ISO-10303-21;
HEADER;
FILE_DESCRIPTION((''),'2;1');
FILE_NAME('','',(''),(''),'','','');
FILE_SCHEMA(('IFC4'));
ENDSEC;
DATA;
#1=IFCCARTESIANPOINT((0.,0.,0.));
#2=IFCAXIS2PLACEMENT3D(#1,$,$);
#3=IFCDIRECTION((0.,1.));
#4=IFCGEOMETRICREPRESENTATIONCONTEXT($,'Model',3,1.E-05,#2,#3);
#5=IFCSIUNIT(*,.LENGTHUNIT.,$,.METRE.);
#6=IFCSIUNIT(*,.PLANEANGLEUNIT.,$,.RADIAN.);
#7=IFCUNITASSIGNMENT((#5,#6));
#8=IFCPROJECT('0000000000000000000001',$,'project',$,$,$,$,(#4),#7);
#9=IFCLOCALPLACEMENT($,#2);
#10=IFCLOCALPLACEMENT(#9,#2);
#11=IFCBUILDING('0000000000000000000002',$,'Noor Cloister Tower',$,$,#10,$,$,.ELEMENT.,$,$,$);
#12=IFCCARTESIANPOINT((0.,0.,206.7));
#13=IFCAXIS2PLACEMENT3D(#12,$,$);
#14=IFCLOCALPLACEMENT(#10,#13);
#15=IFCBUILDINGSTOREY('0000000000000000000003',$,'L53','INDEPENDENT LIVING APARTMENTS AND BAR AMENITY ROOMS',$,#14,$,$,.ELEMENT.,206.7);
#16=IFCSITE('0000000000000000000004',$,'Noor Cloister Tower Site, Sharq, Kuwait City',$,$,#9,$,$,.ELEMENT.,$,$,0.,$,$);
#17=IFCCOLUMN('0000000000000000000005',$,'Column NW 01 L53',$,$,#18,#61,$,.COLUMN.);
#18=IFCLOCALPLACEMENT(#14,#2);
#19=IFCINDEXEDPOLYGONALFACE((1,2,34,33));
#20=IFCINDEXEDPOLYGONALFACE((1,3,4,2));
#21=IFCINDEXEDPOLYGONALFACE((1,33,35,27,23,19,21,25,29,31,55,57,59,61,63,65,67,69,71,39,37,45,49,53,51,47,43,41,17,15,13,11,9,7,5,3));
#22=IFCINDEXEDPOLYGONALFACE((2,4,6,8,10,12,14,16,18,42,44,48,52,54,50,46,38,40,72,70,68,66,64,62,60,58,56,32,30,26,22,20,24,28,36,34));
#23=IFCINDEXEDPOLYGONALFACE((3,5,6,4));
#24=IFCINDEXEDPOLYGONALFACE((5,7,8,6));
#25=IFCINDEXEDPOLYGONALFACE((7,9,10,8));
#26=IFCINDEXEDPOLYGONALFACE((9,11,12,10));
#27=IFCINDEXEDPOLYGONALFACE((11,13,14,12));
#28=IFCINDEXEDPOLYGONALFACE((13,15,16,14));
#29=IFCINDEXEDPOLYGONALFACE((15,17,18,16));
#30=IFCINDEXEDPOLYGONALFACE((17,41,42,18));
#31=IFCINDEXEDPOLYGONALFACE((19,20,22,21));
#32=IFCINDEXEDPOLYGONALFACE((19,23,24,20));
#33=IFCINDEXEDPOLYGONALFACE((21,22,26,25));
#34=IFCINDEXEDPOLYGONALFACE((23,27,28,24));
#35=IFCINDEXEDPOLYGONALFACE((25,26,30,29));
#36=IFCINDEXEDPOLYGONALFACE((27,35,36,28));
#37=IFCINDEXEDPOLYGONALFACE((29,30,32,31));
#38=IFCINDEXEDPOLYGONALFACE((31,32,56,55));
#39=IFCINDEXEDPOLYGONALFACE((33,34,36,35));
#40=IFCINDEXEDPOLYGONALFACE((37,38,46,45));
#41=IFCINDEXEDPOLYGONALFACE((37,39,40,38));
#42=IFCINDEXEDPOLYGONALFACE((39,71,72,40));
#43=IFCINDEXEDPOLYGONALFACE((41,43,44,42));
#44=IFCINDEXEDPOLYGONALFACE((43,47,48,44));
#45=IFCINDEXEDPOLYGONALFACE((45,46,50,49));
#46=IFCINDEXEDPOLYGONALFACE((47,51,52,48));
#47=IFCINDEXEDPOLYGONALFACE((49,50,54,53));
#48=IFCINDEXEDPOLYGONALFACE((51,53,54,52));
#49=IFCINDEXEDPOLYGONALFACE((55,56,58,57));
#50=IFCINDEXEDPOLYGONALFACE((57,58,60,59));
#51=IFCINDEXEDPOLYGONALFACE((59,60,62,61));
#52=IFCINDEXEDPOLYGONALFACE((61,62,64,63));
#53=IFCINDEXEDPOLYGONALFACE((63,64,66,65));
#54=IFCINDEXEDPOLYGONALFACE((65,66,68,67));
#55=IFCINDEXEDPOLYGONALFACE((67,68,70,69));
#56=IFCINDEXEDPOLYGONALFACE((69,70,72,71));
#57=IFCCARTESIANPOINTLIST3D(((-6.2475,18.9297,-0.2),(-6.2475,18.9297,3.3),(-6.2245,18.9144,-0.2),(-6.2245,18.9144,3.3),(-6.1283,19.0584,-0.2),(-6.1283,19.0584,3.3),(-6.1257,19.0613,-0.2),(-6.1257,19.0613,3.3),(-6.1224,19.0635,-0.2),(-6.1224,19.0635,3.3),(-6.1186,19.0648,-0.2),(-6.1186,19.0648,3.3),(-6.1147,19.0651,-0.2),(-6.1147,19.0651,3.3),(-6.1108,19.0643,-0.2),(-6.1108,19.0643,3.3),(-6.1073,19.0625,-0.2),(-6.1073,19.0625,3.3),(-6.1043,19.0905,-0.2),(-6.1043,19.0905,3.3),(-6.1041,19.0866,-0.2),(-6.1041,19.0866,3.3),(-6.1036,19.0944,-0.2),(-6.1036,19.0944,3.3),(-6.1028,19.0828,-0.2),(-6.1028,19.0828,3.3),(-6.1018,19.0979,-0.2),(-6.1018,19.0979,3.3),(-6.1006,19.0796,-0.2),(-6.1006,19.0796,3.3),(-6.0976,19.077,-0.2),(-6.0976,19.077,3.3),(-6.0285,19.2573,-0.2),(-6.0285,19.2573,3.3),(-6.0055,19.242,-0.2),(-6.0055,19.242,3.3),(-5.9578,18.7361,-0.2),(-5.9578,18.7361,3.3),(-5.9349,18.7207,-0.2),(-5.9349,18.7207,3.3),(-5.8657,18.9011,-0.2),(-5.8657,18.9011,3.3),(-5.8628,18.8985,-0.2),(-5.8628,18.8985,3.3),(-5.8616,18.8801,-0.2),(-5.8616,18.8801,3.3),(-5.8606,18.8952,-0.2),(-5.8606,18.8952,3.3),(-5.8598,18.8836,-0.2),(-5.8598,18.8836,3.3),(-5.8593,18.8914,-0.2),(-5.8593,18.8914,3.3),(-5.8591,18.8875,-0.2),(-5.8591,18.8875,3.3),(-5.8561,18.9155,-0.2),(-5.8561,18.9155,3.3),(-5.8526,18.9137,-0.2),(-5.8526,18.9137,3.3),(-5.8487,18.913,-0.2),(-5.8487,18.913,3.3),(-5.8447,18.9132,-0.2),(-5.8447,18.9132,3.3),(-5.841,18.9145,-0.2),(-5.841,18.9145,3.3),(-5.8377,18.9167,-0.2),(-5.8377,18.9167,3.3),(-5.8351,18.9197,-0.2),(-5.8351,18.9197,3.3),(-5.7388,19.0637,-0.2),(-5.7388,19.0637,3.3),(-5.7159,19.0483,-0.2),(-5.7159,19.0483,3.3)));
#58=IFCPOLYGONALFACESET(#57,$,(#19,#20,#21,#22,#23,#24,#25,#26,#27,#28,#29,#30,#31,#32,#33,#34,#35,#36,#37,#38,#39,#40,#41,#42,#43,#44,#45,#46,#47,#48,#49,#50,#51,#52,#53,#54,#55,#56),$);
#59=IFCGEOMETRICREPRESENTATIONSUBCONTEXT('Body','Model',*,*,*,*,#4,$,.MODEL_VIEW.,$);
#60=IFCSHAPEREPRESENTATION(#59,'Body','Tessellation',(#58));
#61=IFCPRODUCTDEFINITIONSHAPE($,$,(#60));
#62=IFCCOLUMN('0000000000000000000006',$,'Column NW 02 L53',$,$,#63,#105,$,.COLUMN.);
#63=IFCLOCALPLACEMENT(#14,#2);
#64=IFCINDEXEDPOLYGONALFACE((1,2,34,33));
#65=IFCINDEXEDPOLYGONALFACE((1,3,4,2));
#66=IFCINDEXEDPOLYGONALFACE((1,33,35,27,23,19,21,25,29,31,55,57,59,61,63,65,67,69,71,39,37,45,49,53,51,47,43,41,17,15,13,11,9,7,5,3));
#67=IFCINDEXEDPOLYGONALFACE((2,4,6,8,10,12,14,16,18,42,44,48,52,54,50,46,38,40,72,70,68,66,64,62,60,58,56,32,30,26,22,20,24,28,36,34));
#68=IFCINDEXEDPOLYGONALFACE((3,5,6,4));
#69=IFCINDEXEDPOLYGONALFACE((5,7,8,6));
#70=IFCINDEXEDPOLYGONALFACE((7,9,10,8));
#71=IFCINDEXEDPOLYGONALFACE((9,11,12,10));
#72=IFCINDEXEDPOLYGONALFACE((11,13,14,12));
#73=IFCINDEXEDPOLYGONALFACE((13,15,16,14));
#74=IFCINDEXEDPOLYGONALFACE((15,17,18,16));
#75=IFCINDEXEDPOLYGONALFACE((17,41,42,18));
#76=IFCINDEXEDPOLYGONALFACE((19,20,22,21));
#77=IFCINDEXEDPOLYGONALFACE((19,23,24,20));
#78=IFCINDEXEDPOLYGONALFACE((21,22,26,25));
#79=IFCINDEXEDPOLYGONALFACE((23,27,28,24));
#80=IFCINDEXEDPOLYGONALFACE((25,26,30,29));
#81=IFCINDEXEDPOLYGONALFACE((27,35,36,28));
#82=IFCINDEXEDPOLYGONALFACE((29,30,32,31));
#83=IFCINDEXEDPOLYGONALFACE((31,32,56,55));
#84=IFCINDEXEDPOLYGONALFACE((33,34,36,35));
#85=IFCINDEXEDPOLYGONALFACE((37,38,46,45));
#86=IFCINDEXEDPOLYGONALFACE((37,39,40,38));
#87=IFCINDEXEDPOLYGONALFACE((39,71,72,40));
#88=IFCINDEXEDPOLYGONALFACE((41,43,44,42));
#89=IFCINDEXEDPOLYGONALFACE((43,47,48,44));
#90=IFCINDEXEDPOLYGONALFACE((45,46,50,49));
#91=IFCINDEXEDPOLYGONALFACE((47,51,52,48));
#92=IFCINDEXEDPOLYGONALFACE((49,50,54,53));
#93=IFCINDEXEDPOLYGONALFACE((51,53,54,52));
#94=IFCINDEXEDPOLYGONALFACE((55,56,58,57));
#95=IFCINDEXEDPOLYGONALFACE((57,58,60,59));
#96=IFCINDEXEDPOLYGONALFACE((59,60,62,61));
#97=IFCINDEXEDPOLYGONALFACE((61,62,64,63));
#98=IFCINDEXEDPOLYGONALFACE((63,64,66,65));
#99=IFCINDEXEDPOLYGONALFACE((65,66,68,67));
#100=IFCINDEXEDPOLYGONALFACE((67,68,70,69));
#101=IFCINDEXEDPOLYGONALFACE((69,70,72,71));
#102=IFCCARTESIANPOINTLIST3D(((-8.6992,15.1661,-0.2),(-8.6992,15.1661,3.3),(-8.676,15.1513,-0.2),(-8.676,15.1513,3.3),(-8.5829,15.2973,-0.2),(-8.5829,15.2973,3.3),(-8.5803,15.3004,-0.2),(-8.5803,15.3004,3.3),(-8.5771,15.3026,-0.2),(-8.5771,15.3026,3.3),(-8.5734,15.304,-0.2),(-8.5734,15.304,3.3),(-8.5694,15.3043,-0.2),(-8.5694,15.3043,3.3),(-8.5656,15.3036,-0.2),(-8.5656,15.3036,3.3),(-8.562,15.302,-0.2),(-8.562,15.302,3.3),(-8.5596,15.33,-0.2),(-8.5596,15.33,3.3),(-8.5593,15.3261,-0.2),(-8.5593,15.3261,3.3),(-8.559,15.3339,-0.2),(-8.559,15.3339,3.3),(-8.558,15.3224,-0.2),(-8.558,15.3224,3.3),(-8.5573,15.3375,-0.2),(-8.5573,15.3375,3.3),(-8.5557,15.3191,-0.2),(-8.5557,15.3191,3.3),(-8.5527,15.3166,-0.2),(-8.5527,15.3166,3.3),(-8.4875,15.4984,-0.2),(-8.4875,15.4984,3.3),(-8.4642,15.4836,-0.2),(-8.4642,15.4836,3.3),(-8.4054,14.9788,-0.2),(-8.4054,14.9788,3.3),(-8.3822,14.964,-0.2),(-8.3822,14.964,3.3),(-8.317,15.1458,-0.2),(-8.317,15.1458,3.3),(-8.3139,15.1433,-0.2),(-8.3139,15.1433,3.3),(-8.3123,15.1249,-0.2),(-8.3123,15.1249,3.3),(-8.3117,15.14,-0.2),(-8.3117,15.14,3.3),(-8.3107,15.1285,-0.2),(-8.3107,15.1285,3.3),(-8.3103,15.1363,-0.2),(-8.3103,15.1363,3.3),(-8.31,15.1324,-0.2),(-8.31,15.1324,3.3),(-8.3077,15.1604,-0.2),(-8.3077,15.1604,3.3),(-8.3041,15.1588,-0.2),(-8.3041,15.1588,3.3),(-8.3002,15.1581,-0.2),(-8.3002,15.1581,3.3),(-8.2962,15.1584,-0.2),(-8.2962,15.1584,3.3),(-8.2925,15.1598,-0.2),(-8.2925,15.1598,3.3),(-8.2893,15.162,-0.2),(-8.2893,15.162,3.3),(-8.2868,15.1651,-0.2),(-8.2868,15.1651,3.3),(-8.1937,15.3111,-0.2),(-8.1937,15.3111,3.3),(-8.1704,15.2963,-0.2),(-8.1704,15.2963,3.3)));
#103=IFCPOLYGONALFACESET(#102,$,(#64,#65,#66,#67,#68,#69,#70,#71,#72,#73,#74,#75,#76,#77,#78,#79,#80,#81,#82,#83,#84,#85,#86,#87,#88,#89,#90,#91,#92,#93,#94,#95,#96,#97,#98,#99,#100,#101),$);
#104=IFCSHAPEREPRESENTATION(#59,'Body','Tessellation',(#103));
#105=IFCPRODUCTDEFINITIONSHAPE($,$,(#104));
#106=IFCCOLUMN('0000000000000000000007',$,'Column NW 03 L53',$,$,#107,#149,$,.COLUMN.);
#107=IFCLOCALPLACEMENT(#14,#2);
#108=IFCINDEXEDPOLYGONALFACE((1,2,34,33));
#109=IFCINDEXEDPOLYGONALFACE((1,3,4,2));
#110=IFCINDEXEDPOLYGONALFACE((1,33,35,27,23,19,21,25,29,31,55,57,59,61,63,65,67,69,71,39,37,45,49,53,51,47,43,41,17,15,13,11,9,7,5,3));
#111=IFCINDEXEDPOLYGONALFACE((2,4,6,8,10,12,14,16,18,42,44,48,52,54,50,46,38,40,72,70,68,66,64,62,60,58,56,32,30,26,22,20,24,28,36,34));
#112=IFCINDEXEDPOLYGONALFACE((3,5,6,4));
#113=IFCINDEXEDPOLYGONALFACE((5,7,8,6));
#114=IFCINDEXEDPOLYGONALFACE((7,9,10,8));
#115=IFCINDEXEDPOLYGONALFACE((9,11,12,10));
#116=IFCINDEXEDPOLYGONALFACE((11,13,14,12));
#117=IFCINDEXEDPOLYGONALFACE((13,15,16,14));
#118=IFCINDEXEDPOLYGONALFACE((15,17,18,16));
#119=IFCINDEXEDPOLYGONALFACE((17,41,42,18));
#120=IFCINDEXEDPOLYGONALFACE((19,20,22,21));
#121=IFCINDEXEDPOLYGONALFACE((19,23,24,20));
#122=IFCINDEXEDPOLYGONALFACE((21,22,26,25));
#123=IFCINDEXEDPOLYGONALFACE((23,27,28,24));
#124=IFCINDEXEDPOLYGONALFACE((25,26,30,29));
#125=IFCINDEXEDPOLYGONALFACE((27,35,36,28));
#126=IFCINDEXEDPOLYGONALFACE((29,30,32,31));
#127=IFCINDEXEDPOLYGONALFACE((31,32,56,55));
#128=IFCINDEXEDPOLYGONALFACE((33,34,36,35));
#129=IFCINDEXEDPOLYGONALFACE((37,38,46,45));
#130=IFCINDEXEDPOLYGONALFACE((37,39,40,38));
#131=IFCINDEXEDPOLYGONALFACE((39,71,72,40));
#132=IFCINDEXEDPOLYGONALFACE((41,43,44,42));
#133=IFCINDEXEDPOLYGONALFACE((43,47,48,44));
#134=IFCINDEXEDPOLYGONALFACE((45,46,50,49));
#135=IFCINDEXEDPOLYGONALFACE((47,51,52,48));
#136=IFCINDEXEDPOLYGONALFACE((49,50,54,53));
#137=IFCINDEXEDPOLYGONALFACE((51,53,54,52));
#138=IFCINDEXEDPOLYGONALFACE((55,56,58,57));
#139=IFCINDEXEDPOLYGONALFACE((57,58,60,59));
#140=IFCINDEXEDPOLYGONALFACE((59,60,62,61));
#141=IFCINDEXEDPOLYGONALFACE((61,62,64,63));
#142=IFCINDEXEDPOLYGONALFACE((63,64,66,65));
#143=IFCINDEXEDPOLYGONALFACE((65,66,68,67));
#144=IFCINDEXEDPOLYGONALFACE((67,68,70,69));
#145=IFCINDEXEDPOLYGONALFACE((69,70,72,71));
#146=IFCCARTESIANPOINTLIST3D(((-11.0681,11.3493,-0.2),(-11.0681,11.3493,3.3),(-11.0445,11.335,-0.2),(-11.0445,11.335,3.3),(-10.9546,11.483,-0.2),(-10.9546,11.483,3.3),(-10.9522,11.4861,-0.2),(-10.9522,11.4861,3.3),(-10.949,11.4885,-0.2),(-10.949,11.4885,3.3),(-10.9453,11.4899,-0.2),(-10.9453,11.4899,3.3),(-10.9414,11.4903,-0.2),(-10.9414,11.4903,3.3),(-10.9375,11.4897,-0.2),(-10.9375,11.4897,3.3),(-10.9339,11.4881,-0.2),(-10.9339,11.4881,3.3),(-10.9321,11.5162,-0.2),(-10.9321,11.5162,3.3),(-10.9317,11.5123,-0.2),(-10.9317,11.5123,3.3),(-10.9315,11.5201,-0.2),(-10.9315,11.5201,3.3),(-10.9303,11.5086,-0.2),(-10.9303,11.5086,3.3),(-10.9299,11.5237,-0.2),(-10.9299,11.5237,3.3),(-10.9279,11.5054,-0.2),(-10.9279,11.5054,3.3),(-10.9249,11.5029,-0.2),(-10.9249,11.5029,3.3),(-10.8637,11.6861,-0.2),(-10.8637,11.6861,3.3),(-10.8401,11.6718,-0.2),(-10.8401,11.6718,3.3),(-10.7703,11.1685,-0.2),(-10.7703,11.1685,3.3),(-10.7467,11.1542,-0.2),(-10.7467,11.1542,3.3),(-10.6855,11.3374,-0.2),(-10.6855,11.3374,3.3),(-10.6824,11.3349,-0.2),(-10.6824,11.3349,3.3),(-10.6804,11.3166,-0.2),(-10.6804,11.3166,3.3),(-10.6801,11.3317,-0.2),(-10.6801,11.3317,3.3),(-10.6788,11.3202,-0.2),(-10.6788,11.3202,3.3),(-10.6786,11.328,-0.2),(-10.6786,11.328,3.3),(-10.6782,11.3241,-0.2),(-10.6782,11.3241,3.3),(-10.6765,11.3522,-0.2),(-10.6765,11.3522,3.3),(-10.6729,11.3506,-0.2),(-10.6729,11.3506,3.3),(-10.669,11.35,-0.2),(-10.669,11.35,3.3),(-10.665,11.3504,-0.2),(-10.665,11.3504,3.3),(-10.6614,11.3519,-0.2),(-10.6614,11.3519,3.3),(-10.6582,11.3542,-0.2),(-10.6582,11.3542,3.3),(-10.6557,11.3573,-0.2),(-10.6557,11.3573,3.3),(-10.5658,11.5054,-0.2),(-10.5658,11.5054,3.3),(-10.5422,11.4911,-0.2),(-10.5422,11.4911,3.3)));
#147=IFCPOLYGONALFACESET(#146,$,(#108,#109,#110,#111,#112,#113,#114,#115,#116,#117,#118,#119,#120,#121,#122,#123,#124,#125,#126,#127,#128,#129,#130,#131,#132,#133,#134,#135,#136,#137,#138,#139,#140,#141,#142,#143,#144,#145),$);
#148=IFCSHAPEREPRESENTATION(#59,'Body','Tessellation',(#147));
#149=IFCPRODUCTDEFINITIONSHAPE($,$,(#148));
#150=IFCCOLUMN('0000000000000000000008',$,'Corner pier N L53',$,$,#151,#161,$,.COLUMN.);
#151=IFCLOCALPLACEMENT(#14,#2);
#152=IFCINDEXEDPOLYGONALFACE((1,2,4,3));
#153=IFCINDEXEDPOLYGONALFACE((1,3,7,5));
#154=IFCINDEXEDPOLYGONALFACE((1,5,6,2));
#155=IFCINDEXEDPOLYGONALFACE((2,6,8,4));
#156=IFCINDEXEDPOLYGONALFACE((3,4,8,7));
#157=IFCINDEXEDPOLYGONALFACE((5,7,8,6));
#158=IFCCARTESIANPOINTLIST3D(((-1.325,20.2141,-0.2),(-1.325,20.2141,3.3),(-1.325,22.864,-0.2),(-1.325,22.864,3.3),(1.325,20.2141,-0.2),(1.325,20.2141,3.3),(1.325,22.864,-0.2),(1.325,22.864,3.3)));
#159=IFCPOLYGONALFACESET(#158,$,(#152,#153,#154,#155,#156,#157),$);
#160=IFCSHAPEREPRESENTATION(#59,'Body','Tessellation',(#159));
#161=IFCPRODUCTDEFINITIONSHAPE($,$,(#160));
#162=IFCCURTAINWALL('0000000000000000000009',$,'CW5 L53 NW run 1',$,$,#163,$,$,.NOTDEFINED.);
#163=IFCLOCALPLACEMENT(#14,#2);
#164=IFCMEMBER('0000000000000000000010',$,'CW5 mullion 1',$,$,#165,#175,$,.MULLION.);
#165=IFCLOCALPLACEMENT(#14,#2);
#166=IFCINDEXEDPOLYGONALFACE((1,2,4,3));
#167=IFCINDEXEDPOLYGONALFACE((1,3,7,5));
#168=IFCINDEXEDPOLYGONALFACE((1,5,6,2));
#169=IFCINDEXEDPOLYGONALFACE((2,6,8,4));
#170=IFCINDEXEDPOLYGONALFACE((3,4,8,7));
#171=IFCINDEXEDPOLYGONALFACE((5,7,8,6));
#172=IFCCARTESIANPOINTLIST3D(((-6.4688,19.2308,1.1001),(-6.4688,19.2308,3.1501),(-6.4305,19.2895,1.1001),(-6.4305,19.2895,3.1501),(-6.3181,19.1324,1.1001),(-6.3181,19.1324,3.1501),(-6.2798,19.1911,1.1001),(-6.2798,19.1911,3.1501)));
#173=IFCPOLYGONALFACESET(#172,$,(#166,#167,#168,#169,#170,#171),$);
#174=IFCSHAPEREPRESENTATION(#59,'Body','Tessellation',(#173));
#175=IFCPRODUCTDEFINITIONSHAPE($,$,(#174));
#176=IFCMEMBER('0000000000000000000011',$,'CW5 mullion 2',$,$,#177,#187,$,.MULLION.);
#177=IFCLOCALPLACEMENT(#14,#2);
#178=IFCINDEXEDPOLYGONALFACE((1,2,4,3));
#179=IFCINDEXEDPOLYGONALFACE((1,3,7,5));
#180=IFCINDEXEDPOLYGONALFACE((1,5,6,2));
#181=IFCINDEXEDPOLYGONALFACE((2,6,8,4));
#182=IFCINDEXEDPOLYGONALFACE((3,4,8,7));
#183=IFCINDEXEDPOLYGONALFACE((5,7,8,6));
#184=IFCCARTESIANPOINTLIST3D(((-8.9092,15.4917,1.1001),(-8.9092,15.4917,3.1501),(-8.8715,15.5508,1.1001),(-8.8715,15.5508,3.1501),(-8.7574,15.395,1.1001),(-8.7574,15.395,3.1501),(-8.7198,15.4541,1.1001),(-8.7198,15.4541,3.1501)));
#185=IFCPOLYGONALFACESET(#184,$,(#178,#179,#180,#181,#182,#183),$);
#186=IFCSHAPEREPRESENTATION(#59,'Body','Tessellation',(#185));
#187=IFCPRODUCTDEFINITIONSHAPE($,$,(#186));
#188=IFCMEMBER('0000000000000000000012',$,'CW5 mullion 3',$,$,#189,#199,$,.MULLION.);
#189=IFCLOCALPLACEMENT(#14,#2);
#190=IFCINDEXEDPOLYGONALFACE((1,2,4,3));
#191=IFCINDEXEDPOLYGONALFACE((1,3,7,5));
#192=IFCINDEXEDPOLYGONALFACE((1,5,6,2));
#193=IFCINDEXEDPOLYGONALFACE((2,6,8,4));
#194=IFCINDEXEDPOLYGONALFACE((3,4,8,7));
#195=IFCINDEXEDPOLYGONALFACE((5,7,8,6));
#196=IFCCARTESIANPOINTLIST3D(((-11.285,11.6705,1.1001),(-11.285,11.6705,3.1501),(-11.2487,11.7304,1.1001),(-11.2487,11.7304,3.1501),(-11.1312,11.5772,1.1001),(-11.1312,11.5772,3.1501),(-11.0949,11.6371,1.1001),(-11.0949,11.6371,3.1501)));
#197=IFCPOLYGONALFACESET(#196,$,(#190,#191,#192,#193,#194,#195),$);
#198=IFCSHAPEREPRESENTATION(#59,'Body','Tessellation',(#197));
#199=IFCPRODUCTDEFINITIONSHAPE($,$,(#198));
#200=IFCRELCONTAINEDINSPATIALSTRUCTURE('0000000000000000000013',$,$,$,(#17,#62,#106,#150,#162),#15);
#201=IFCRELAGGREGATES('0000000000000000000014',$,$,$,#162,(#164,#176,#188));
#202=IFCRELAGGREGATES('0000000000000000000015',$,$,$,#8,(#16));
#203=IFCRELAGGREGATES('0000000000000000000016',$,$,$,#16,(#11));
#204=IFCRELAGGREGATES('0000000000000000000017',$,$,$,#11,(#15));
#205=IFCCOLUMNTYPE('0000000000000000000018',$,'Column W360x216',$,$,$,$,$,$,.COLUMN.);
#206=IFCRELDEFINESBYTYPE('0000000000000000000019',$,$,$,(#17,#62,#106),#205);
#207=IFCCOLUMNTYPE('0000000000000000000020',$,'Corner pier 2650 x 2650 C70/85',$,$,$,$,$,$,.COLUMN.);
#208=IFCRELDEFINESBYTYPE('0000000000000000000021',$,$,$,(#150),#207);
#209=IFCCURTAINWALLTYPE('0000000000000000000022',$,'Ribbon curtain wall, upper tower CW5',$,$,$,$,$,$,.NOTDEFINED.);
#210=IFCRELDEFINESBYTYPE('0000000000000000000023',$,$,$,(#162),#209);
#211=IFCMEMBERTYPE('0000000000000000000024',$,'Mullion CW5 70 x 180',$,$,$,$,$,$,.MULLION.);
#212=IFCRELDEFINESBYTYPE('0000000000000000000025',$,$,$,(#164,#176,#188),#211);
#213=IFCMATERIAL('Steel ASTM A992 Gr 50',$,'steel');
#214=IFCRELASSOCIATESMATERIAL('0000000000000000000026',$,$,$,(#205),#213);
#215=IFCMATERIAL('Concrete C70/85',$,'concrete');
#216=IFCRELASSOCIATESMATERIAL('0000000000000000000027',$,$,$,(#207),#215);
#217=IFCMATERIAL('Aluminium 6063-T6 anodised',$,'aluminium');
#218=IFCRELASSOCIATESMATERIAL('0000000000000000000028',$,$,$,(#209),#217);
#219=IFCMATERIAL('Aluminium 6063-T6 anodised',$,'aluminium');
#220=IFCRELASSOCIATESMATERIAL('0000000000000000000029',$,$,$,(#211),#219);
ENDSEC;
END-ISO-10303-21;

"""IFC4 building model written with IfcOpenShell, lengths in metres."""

from ifc_helpers import new_model, si_unit, direction, frame, origin, origin_2d, place, context, subcontext, project, spatial, rectangle, i_section, extrude, material, material_profile, profile_set, type_object, element, aggregate, save


model = new_model("IFC4")

# Units and contexts
model_context = context("Model", 3, precision=1e-05, world=origin(), true_north=direction((0.0, 1.0)))
body_context = subcontext(model_context, "Body", "Model", "MODEL_VIEW")
ifc_project = project(units=[si_unit("LENGTHUNIT", "METRE"), si_unit("PLANEANGLEUNIT", "RADIAN")], contexts=[model_context])

# Site, building, storey
site_placement = place(None, origin())
site = spatial("IfcSite", under=ifc_project, at=site_placement, Name="Noor Cloister Tower Site, Sharq, Kuwait City", CompositionType="ELEMENT", RefElevation=0.0)
building_placement = place(site_placement, origin())
building = spatial("IfcBuilding", under=site, at=building_placement, Name="Noor Cloister Tower", CompositionType="ELEMENT")
storey_placement = place(building_placement, frame((0.0, 0.0, 206.7)))
storey = spatial("IfcBuildingStorey", under=building, at=storey_placement, Name="L53", Description="INDEPENDENT LIVING APARTMENTS AND BAR AMENITY ROOMS", CompositionType="ELEMENT", Elevation=206.7)

# Columns
ifc_material_1 = material(Name="Steel ASTM A992 Gr 50", Category="steel")
ifc_material_profile_1 = material_profile(ifc_material_1, i_section(OverallWidth=0.394, OverallDepth=0.376, WebThickness=0.0173, FlangeThickness=0.0276, FilletRadius=0.0151, at=origin_2d()), Name="W360x216")
ifc_profile_set_1 = profile_set([ifc_material_profile_1], Name="Steel ASTM A992 Gr 50")
column_type_1 = type_object("IfcColumnType", Name="Column W360x216", PredefinedType="COLUMN", material=ifc_profile_set_1)
for number, where, z_axis, x_axis, name in (
    (1, (-5.9817, 18.989, -0.2), (0.0, 0.0, 1.0), (-0.555757, -0.831345, 0.0), "Column NW 01 L53"),
    (2, (-8.4348, 15.2312, -0.2), (0.0, 0.0, 1.0), (-0.537426, -0.843311, 0.0), "Column NW 02 L53"),
    (3, (-10.8052, 11.4202, -0.2), (0.0, 0.0, 1.0), (-0.518837, -0.854873, 0.0), "Column NW 03 L53"),
):
    element("IfcColumn", number, at=place(storey_placement, frame(where, z_axis=z_axis, x_axis=x_axis)), inside=storey, type_object=column_type_1, Name=name, PredefinedType="COLUMN", context=body_context, shape_type="SweptSolid", body=[
        extrude(i_section(OverallWidth=0.394, OverallDepth=0.376, WebThickness=0.0173, FlangeThickness=0.0276, FilletRadius=0.0151, at=origin_2d()), origin(), (0.0, 0.0, 1.0), 3.5),
    ])
ifc_material_2 = material(Name="Concrete C70/85", Category="concrete")
ifc_material_profile_2 = material_profile(ifc_material_2, rectangle(XDim=2.6499, YDim=2.6499, at=origin_2d()), Name="RC 2650x2650")
ifc_profile_set_2 = profile_set([ifc_material_profile_2], Name="Concrete C70/85")
column_type_2 = type_object("IfcColumnType", Name="Corner pier 2650 x 2650 C70/85", PredefinedType="COLUMN", material=ifc_profile_set_2)
column_placement = place(storey_placement, frame((0.0, 21.5391, -0.2), z_axis=(0.0, 0.0, 1.0), x_axis=(0.0, 1.0, 0.0)))
element("IfcColumn", 4, at=column_placement, inside=storey, type_object=column_type_2, Name="Corner pier N L53", PredefinedType="COLUMN", context=body_context, shape_type="SweptSolid", body=[
    extrude(rectangle(XDim=2.6499, YDim=2.6499, at=origin_2d()), origin(), (0.0, 0.0, 1.0), 3.5),
])

# Curtain wall, members
ifc_material_3 = material(Name="Aluminium 6063-T6 anodised", Category="aluminium")
curtain_wall_type = type_object("IfcCurtainWallType", Name="Ribbon curtain wall, upper tower CW5", PredefinedType="NOTDEFINED", material=ifc_material_3)
curtain_wall_placement = place(storey_placement, origin())
curtain_wall = element("IfcCurtainWall", 5, at=curtain_wall_placement, inside=storey, type_object=curtain_wall_type, Name="CW5 L53 NW run 1", PredefinedType="NOTDEFINED")
ifc_material_4 = material(Name="Aluminium 6063-T6 anodised", Category="aluminium")
ifc_material_profile_3 = material_profile(ifc_material_4, rectangle(XDim=0.1799, YDim=0.0701, at=origin_2d()), Name="180 x 70 mullion")
ifc_profile_set_3 = profile_set([ifc_material_profile_3], Name="Aluminium 6063-T6 anodised")
member_type = type_object("IfcMemberType", Name="Mullion CW5 70 x 180", PredefinedType="MULLION", material=ifc_profile_set_3)
member_1_placement = place(storey_placement, frame((-6.3743, 19.2109, 1.1001), z_axis=(0.0, 0.0, 1.0), x_axis=(0.837378, -0.546624, 0.0)))
member_1 = element("IfcMember", 6, at=member_1_placement, type_object=member_type, Name="CW5 mullion 1", PredefinedType="MULLION", context=body_context, shape_type="SweptSolid", body=[
    extrude(rectangle(XDim=0.1799, YDim=0.0701, at=origin_2d()), origin(), (0.0, 0.0, 1.0), 2.05),
])
member_2_placement = place(storey_placement, frame((-8.8145, 15.4729, 1.1001), z_axis=(0.0, 0.0, 1.0), x_axis=(0.843311, -0.537426, 0.0)))
member_2 = element("IfcMember", 7, at=member_2_placement, type_object=member_type, Name="CW5 mullion 2", PredefinedType="MULLION", context=body_context, shape_type="SweptSolid", body=[
    extrude(rectangle(XDim=0.1799, YDim=0.0701, at=origin_2d()), origin(), (0.0, 0.0, 1.0), 2.05),
])
member_3_placement = place(storey_placement, frame((-11.1899, 11.6538, 1.1001), z_axis=(0.0, 0.0, 1.0), x_axis=(0.854873, -0.518837, 0.0)))
member_3 = element("IfcMember", 8, at=member_3_placement, type_object=member_type, Name="CW5 mullion 3", PredefinedType="MULLION", context=body_context, shape_type="SweptSolid", body=[
    extrude(rectangle(XDim=0.1799, YDim=0.0701, at=origin_2d()), origin(), (0.0, 0.0, 1.0), 2.05),
])

aggregate(curtain_wall, [member_1, member_2, member_3])

save(model, "model.ifc")
